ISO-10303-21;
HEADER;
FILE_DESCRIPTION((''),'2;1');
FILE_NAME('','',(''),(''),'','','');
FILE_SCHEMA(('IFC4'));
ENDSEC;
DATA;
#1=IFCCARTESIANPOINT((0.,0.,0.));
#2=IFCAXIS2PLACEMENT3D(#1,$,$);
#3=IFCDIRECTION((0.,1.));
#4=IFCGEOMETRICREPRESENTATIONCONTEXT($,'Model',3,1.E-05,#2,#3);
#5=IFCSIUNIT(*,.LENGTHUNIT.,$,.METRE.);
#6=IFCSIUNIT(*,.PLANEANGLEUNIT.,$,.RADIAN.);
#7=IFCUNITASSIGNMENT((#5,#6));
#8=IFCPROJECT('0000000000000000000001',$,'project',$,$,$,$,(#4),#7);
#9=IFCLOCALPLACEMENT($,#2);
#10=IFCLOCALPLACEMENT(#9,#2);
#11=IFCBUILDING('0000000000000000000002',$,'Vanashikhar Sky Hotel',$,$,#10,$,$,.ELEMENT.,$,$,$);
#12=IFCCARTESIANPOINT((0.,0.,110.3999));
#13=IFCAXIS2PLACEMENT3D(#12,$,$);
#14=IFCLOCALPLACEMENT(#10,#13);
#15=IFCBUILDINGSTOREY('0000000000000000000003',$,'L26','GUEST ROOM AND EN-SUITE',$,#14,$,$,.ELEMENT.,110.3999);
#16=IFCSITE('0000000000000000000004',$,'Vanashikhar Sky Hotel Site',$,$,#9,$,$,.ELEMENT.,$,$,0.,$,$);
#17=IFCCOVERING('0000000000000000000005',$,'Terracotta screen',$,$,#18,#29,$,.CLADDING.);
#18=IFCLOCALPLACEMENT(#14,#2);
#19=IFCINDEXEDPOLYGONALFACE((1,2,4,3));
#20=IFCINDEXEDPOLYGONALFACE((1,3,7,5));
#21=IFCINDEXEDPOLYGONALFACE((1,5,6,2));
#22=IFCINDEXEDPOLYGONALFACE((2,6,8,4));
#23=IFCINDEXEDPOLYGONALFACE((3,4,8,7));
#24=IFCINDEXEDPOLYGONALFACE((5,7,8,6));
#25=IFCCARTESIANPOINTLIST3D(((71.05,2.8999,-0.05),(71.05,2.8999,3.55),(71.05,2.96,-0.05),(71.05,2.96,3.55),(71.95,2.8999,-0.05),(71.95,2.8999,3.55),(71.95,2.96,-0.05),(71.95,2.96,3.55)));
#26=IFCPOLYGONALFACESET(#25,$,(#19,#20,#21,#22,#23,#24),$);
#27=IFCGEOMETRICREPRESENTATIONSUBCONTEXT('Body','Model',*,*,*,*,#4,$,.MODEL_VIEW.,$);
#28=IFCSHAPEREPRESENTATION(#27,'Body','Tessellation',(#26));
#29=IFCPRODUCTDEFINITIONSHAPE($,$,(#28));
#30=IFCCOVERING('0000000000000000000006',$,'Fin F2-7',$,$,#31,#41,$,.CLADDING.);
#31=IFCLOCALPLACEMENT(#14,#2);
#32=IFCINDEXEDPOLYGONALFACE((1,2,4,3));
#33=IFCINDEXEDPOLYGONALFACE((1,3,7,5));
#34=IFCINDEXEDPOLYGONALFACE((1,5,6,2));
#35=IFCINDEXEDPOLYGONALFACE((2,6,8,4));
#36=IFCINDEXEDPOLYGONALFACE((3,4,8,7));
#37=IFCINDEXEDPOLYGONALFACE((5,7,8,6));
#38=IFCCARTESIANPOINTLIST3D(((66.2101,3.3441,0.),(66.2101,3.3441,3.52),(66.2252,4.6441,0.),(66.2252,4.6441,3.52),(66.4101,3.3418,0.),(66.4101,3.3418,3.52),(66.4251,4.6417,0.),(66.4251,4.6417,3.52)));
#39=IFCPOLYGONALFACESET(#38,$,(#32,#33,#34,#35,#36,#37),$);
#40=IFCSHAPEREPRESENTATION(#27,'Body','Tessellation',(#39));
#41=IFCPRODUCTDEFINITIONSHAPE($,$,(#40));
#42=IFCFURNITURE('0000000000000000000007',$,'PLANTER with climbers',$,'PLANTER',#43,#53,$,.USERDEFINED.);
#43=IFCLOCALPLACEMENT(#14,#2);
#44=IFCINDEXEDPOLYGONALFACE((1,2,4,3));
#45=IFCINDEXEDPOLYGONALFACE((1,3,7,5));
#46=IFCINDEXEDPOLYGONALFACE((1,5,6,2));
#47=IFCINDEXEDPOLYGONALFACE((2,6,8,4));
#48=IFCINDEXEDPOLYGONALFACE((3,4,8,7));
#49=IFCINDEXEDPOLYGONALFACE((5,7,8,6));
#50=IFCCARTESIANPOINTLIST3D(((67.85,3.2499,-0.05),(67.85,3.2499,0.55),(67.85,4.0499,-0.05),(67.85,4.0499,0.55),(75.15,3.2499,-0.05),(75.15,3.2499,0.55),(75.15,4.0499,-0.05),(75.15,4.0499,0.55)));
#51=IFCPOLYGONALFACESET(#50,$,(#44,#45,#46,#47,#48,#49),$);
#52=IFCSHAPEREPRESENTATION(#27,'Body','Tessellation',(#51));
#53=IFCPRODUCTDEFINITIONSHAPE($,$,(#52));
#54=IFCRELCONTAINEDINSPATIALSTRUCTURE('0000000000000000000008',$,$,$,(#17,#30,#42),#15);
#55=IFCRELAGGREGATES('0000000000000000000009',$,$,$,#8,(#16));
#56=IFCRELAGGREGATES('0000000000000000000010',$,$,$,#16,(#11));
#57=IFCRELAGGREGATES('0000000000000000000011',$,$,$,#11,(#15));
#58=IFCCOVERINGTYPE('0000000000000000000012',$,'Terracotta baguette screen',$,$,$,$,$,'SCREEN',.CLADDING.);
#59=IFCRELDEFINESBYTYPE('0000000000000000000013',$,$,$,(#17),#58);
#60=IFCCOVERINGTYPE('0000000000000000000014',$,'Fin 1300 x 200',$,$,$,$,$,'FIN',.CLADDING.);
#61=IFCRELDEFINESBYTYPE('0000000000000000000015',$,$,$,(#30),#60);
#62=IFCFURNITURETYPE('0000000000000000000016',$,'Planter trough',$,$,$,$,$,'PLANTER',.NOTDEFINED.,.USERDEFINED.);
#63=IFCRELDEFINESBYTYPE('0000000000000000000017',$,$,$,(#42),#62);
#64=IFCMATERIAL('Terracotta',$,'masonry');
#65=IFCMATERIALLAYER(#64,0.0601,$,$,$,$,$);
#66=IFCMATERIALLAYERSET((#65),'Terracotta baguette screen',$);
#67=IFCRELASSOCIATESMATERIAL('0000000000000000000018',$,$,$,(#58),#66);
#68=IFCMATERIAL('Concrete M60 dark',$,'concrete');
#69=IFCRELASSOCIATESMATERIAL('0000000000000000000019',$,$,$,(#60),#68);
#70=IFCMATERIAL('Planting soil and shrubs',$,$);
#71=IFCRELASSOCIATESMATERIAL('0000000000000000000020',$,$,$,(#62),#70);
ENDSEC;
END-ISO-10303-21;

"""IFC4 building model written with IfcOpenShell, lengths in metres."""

from ifc_helpers import new_model, si_unit, direction, frame, origin, origin_2d, place, context, subcontext, project, spatial, rectangle, extrude, source, transform, mapped, material, layer, layer_set, material_profile, profile_set, type_object, element, save


model = new_model("IFC4")

# Units and contexts
model_context = context("Model", 3, precision=1e-05, world=origin(), true_north=direction((0.0, 1.0)))
body_context = subcontext(model_context, "Body", "Model", "MODEL_VIEW")
ifc_project = project(units=[si_unit("LENGTHUNIT", "METRE"), si_unit("PLANEANGLEUNIT", "RADIAN")], contexts=[model_context])

# Site, building, storey
site_placement = place(None, origin())
site = spatial("IfcSite", under=ifc_project, at=site_placement, Name="Vanashikhar Sky Hotel Site", CompositionType="ELEMENT", RefElevation=0.0)
building_placement = place(site_placement, origin())
building = spatial("IfcBuilding", under=site, at=building_placement, Name="Vanashikhar Sky Hotel", CompositionType="ELEMENT")
storey_placement = place(building_placement, frame((0.0, 0.0, 110.3999)))
storey = spatial("IfcBuildingStorey", under=building, at=storey_placement, Name="L26", Description="GUEST ROOM AND EN-SUITE", CompositionType="ELEMENT", Elevation=110.3999)

# Coverings
ifc_material_1 = material(Name="Terracotta", Category="masonry")
ifc_layer_1 = layer(ifc_material_1, 0.0601)
ifc_layer_set_1 = layer_set([ifc_layer_1], Name="Terracotta baguette screen")
covering_type_1 = type_object("IfcCoveringType", Name="Terracotta baguette screen", ElementType="SCREEN", PredefinedType="CLADDING", material=ifc_layer_set_1)
shared_shape_1 = source(origin(), body_context, "Body", "SweptSolid", [
    extrude(rectangle(XDim=0.8999, YDim=0.0601, at=origin_2d()), origin(), (0.0, 0.0, 1.0), 3.6001),
])
for number, where, z_axis, x_axis, name in (
    (1, (71.5, 2.9299, -0.05), (0.0, 0.0, 1.0), (1.0, 0.0, 0.0), "Terracotta screen"),
):
    element("IfcCovering", number, at=place(storey_placement, frame(where, z_axis=z_axis, x_axis=x_axis)), inside=storey, type_object=covering_type_1, Name=name, PredefinedType="CLADDING", context=body_context, shape_type="MappedRepresentation", body=[
        mapped(shared_shape_1, transform((0.0, 0.0, 0.0), scale=1.0)),
    ])
ifc_material_2 = material(Name="Concrete M60 dark", Category="concrete")
ifc_material_profile_1 = material_profile(ifc_material_2, rectangle(XDim=1.3, YDim=0.2, at=origin_2d()))
ifc_profile_set_1 = profile_set([ifc_material_profile_1], Name="Fin 1300 x 200")
covering_type_2 = type_object("IfcCoveringType", Name="Fin 1300 x 200", ElementType="FIN", PredefinedType="CLADDING", material=ifc_profile_set_1)
shared_shape_2 = source(origin(), body_context, "Body", "SweptSolid", [
    extrude(rectangle(XDim=1.3, YDim=0.2, at=origin_2d()), origin(), (0.0, 0.0, 1.0), 3.52),
])
covering_placement = place(storey_placement, frame((66.3176, 3.9929, 0.0), z_axis=(0.0, 0.0, 1.0), x_axis=(-0.011589, -0.999933, 0.0)))
element("IfcCovering", 2, at=covering_placement, inside=storey, type_object=covering_type_2, Name="Fin F2-7", PredefinedType="CLADDING", context=body_context, shape_type="MappedRepresentation", body=[
    mapped(shared_shape_2, transform((0.0, 0.0, 0.0), scale=1.0)),
])

# Furniture
ifc_material_3 = material(Name="Planting soil and shrubs")
furniture_type = type_object("IfcFurnitureType", Name="Planter trough", ElementType="PLANTER", AssemblyPlace="NOTDEFINED", PredefinedType="USERDEFINED", material=ifc_material_3)
shared_shape_3 = source(origin(), body_context, "Body", "SweptSolid", [
    extrude(rectangle(XDim=7.3, YDim=0.8, at=origin_2d()), origin(), (0.0, 0.0, 1.0), 0.6001),
])
furniture_placement = place(storey_placement, frame((71.5, 3.6499, -0.05), z_axis=(0.0, 0.0, 1.0), x_axis=(1.0, 0.0, 0.0)))
element("IfcFurniture", 3, at=furniture_placement, inside=storey, type_object=furniture_type, Name="PLANTER with climbers", ObjectType="PLANTER", PredefinedType="USERDEFINED", context=body_context, shape_type="MappedRepresentation", body=[
    mapped(shared_shape_3, transform((0.0, 0.0, 0.0), scale=1.0)),
])

save(model, "model.ifc")
